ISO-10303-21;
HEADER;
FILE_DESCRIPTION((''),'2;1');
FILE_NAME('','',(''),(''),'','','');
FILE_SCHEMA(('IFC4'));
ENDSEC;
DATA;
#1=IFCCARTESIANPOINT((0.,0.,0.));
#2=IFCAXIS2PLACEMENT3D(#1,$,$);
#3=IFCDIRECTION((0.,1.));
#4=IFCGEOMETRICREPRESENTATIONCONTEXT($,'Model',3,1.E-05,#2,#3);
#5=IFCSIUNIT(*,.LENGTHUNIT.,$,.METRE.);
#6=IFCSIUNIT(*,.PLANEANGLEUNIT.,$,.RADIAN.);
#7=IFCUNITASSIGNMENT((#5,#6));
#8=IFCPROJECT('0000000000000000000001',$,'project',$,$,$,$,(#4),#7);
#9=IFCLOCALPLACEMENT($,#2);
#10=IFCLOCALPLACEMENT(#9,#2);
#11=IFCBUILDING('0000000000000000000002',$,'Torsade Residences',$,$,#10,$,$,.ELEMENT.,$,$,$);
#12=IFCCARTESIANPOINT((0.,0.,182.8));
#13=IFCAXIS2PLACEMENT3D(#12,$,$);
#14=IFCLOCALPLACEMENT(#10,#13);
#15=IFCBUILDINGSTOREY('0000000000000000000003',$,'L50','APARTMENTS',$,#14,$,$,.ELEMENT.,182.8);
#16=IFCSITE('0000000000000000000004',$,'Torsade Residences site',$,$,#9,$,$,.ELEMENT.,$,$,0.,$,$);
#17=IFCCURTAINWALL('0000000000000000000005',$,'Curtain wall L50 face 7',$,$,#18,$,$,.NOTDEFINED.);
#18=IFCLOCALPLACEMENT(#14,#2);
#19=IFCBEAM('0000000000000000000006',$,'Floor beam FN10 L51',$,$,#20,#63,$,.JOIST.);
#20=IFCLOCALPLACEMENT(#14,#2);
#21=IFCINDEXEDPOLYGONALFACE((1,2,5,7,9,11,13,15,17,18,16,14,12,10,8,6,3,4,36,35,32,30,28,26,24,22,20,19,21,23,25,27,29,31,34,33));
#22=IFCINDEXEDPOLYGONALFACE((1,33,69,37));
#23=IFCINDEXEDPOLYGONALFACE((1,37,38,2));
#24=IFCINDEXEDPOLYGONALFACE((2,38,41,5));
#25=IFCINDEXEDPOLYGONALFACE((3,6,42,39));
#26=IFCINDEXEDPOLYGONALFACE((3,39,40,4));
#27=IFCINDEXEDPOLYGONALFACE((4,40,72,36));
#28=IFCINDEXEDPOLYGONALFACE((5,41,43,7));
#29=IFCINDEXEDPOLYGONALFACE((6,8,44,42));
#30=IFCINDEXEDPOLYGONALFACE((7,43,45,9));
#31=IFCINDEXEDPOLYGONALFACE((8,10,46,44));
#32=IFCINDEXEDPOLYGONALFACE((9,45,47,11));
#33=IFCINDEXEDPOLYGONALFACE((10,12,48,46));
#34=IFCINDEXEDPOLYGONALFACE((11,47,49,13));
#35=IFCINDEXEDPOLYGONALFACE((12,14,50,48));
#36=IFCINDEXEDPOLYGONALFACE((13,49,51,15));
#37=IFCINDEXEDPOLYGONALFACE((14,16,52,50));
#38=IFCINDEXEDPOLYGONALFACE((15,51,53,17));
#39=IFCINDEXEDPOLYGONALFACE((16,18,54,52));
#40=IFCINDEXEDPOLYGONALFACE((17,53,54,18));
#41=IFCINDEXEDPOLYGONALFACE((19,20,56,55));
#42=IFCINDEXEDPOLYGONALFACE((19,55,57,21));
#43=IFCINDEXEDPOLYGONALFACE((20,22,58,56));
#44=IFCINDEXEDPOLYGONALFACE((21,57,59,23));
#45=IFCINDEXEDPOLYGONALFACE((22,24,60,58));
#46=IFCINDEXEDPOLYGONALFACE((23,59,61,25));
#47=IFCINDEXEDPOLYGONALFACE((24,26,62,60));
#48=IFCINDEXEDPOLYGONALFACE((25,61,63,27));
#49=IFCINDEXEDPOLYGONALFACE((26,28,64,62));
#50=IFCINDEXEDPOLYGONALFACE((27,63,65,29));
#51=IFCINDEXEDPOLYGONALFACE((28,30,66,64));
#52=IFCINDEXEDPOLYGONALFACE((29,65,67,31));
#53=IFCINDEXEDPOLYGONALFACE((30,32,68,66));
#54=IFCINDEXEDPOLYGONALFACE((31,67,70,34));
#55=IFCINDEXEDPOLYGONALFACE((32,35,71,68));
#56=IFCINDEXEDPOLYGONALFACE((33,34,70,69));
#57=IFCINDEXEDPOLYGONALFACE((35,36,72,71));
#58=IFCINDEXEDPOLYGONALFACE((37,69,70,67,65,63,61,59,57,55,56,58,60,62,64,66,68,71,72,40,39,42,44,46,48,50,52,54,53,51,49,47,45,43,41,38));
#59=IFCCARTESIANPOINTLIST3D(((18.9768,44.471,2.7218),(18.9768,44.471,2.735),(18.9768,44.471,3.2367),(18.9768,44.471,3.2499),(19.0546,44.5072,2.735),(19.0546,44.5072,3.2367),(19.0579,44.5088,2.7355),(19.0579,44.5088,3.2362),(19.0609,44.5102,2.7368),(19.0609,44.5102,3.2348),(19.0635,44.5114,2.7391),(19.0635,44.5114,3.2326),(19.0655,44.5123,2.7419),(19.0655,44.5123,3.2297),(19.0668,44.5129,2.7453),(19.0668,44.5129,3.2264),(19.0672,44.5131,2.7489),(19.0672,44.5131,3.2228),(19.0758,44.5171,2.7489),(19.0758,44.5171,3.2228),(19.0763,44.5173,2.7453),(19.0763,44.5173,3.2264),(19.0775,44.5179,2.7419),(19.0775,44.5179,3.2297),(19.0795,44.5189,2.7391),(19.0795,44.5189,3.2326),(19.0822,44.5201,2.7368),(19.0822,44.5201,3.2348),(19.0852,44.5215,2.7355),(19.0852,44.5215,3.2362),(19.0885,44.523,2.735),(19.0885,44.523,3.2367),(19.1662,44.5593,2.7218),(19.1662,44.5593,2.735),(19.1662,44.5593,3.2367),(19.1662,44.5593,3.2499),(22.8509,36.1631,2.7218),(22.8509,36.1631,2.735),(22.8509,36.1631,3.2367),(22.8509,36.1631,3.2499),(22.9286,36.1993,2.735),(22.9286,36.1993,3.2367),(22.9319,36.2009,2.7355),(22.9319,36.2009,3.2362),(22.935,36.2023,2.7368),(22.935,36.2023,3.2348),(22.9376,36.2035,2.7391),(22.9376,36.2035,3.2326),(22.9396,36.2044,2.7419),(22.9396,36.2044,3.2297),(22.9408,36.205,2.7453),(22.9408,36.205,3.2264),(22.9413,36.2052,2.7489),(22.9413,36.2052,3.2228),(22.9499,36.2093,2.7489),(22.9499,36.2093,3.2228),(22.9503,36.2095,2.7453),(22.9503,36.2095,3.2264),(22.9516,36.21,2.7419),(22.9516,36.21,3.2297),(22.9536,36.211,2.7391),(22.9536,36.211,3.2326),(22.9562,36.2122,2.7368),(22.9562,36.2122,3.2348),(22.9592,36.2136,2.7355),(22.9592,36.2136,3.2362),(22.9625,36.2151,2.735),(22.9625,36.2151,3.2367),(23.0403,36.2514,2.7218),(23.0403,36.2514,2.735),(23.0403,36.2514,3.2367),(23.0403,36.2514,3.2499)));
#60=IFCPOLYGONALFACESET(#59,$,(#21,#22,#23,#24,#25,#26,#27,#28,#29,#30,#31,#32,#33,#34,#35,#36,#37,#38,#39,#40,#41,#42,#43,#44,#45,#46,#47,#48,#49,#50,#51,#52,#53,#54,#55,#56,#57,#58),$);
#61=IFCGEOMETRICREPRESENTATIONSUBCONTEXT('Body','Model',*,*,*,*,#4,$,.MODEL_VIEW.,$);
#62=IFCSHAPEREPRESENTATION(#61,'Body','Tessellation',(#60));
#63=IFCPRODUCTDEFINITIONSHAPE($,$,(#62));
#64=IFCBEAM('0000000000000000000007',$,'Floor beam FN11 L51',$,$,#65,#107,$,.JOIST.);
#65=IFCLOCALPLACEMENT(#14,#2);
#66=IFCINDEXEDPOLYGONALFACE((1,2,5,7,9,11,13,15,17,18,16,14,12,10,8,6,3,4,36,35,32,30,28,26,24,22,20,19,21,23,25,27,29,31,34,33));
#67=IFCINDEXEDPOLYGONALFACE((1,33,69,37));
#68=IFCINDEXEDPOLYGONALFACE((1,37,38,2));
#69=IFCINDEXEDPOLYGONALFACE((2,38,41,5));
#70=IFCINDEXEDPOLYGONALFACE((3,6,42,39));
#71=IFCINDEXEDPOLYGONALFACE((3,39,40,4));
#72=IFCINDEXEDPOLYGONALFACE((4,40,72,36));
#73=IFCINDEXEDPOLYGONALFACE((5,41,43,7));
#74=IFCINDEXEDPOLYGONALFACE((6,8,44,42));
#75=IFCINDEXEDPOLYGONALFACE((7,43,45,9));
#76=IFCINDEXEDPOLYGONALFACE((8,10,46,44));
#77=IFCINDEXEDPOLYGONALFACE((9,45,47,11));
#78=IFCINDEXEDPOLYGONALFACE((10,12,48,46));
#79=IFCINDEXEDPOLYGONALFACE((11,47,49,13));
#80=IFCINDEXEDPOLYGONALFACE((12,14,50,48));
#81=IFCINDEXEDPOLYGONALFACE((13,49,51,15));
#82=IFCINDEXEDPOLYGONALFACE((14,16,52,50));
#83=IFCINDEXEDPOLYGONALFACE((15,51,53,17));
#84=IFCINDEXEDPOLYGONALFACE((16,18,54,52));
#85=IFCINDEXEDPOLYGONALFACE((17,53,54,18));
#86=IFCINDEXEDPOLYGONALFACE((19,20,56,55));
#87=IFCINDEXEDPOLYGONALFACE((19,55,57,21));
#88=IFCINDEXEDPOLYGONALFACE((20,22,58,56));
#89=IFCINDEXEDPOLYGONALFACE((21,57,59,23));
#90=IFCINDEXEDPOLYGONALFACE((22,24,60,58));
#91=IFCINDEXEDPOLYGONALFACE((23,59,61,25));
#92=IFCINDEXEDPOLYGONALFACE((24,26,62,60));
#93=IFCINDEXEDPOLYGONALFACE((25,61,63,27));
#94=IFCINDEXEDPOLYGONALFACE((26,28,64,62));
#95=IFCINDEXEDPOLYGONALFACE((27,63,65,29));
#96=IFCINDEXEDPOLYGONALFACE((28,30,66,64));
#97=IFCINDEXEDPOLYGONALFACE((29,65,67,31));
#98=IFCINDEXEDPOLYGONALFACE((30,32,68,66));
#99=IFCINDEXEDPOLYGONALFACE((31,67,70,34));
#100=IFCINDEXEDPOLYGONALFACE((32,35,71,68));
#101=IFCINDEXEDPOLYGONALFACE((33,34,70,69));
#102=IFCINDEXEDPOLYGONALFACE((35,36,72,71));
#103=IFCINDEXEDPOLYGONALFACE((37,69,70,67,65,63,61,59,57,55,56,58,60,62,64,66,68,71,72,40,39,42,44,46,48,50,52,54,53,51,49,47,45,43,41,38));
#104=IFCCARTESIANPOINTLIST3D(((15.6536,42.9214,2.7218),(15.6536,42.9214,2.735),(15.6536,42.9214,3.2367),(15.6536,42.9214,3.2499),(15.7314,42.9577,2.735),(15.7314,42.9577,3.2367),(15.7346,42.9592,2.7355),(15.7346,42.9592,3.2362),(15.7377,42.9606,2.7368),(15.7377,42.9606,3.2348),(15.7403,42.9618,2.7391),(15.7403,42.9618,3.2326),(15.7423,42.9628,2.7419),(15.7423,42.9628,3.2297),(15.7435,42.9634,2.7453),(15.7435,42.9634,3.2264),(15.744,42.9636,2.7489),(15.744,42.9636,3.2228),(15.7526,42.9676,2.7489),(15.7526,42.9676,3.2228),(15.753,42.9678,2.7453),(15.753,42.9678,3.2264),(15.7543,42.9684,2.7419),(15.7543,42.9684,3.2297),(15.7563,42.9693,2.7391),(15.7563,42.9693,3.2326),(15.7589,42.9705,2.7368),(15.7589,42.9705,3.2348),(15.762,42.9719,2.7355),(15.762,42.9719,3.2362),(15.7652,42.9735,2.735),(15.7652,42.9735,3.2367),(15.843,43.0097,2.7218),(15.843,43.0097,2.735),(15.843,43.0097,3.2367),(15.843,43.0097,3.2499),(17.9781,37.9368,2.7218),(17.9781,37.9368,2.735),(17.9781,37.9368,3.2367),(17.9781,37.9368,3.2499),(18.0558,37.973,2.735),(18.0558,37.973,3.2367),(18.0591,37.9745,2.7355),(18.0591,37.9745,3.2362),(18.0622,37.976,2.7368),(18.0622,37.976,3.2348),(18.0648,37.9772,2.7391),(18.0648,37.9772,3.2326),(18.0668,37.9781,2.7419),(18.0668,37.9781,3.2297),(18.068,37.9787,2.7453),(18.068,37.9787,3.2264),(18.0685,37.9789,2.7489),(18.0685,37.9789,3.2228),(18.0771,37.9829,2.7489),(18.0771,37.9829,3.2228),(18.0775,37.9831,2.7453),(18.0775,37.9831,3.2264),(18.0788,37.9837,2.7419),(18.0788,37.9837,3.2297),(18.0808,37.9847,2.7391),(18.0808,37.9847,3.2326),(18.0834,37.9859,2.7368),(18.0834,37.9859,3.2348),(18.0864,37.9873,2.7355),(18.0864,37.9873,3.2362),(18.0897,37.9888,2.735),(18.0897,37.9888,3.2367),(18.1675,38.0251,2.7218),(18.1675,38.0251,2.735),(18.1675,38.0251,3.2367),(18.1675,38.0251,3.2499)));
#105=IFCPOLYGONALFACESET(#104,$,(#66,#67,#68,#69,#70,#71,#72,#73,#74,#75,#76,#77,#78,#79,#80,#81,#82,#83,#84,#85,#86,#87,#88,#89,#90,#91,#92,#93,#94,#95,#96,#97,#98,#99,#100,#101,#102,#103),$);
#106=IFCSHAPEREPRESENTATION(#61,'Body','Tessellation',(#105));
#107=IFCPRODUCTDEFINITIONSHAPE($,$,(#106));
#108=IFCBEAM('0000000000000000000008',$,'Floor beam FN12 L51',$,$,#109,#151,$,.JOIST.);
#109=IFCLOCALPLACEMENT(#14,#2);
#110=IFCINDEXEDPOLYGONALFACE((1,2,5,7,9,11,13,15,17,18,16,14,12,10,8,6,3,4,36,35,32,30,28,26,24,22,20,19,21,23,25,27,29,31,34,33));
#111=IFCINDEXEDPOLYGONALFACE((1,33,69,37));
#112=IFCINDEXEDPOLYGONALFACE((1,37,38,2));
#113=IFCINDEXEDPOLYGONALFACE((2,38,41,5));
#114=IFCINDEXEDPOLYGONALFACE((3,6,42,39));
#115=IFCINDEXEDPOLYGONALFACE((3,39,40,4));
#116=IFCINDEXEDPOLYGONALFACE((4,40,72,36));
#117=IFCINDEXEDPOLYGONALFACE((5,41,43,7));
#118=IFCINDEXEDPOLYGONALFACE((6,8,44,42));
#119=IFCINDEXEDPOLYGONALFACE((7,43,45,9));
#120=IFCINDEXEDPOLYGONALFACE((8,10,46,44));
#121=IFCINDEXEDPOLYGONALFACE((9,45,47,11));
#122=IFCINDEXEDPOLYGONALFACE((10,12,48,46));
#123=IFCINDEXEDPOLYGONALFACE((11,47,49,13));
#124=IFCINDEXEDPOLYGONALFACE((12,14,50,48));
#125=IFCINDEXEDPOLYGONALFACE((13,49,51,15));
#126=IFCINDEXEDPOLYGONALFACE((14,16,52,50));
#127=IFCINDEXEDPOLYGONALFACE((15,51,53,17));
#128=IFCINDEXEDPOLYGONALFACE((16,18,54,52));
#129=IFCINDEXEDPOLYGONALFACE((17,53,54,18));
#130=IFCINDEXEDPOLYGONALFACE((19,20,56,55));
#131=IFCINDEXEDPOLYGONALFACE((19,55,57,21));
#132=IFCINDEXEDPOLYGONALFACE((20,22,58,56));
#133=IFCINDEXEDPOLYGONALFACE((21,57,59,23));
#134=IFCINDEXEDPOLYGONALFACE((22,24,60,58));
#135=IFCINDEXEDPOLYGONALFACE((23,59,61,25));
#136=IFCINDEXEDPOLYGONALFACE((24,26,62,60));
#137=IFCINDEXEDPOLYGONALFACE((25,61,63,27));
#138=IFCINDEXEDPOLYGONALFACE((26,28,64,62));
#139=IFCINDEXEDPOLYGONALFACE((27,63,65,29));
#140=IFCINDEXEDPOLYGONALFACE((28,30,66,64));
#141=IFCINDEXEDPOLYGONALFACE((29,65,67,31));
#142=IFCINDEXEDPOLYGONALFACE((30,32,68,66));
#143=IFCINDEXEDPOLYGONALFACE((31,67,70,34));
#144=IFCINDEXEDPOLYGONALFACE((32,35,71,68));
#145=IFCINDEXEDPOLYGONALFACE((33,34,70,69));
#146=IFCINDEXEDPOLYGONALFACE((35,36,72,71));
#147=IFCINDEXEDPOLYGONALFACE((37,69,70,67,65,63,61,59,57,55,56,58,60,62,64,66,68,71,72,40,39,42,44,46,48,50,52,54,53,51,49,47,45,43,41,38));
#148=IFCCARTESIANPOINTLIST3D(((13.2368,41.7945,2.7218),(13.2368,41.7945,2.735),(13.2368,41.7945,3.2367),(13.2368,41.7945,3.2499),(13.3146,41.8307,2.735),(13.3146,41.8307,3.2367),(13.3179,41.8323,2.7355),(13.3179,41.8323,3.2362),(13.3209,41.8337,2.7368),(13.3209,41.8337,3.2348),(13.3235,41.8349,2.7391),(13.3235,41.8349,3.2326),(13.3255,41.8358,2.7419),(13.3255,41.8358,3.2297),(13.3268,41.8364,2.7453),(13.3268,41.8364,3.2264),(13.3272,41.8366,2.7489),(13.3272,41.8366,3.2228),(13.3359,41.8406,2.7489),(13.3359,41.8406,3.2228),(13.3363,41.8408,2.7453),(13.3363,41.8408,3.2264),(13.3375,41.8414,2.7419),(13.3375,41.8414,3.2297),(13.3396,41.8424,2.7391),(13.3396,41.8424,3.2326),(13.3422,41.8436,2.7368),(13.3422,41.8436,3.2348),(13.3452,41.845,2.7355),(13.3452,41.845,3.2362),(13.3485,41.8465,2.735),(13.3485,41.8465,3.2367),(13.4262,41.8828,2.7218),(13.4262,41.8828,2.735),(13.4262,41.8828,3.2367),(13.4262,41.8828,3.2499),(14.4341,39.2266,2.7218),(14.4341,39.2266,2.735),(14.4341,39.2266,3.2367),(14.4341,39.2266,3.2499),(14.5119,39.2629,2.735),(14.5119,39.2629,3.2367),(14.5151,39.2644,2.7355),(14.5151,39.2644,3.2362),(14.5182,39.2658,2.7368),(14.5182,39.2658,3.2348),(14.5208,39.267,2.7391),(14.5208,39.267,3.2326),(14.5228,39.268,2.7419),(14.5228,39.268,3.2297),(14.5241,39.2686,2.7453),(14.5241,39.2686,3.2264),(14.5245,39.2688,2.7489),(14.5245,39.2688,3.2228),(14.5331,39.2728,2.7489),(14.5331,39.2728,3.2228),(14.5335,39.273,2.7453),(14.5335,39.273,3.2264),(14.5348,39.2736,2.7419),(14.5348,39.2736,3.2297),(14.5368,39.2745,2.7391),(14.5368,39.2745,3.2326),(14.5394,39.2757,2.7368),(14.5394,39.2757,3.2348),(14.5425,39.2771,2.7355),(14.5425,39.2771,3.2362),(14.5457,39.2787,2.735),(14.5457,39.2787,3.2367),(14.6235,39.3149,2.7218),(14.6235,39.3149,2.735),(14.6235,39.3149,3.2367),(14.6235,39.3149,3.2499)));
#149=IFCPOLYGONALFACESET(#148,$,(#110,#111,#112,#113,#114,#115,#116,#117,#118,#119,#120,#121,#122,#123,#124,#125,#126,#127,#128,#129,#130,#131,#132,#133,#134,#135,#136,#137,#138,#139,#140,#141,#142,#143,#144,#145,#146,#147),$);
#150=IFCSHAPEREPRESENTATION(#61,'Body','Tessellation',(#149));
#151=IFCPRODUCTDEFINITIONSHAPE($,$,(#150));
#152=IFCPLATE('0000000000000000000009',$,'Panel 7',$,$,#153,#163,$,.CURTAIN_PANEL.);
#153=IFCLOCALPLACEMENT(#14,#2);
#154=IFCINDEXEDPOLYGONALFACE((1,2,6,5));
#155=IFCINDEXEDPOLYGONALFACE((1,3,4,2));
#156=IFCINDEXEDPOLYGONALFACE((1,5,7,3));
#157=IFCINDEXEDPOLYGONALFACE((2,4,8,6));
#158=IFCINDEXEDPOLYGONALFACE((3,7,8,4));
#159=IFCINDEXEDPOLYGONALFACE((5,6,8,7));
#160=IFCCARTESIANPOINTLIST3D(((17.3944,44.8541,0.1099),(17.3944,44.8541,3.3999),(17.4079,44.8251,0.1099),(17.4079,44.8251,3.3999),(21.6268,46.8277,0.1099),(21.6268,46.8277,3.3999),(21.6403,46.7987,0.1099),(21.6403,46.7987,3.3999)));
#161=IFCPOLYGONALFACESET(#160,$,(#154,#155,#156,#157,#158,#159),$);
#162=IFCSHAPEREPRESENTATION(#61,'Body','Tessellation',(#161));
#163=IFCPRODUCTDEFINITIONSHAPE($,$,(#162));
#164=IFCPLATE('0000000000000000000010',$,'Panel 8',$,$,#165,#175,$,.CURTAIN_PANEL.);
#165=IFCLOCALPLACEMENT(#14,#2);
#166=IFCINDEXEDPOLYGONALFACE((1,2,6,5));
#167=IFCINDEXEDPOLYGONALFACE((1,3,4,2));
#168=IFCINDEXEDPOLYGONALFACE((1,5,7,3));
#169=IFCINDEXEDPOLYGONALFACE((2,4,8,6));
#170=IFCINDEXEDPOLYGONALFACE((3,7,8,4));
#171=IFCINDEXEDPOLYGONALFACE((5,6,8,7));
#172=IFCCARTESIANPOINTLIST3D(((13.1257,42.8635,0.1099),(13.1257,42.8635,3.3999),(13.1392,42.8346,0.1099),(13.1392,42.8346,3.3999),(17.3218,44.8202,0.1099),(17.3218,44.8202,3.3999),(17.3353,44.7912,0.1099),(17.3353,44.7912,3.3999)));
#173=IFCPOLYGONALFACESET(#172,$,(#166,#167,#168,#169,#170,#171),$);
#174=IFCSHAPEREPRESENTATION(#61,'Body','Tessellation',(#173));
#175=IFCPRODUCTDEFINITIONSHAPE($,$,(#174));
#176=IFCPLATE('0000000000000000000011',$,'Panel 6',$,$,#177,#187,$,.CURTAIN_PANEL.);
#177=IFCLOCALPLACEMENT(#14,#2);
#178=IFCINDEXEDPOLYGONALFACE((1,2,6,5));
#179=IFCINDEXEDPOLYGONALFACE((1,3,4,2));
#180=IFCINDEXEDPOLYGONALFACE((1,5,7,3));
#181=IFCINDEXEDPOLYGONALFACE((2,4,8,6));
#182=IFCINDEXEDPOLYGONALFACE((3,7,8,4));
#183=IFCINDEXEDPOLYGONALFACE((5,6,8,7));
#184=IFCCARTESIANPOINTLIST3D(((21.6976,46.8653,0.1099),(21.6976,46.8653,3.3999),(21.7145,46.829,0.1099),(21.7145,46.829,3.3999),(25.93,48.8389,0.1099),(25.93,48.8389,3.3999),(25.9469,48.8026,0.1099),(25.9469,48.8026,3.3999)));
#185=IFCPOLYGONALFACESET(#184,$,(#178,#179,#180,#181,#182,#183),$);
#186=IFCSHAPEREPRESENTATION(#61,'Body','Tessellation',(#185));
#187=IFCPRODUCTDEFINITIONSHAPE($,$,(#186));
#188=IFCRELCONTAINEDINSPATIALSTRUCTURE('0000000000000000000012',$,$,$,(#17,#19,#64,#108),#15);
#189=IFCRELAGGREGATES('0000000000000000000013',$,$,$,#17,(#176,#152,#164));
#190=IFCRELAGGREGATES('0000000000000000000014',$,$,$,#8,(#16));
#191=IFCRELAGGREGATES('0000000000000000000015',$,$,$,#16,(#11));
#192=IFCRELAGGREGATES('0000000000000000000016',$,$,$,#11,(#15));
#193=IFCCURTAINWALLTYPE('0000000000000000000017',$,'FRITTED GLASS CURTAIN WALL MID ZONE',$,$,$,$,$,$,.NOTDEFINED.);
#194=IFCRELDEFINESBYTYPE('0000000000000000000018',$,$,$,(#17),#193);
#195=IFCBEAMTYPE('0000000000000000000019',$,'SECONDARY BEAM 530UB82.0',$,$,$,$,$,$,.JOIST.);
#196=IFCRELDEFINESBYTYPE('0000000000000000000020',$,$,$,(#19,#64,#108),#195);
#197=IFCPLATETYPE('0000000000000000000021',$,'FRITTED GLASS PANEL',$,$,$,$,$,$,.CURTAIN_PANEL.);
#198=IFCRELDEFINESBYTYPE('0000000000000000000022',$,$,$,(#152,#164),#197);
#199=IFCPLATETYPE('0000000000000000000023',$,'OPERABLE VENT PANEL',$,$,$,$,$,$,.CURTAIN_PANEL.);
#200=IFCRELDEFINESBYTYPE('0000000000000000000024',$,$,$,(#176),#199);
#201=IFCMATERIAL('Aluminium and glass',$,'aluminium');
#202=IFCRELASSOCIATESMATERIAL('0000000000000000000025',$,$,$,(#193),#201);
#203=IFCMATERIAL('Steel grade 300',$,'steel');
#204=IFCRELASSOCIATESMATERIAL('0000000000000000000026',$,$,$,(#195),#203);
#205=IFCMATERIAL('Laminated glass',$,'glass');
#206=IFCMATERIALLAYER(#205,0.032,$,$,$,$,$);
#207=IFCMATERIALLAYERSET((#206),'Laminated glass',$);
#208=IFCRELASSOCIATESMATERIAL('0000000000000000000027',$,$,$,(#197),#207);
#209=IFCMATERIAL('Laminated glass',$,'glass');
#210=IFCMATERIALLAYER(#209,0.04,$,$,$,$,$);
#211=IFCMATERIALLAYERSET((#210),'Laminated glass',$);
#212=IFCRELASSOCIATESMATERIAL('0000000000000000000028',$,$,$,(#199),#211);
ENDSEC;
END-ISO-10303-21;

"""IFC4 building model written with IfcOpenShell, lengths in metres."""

from ifc_helpers import new_model, si_unit, direction, frame, origin, origin_2d, place, context, subcontext, project, spatial, rectangle, i_section, extrude, material, layer, layer_set, material_profile, profile_set, type_object, element, aggregate, save


model = new_model("IFC4")

# Units and contexts
model_context = context("Model", 3, precision=1e-05, world=origin(), true_north=direction((0.0, 1.0)))
body_context = subcontext(model_context, "Body", "Model", "MODEL_VIEW")
ifc_project = project(units=[si_unit("LENGTHUNIT", "METRE"), si_unit("PLANEANGLEUNIT", "RADIAN")], contexts=[model_context])

# Site, building, storey
site_placement = place(None, origin())
site = spatial("IfcSite", under=ifc_project, at=site_placement, Name="Torsade Residences site", CompositionType="ELEMENT", RefElevation=0.0)
building_placement = place(site_placement, origin())
building = spatial("IfcBuilding", under=site, at=building_placement, Name="Torsade Residences", CompositionType="ELEMENT")
storey_placement = place(building_placement, frame((0.0, 0.0, 182.8)))
storey = spatial("IfcBuildingStorey", under=building, at=storey_placement, Name="L50", Description="APARTMENTS", CompositionType="ELEMENT", Elevation=182.8)

# Curtain wall
ifc_material_1 = material(Name="Aluminium and glass", Category="aluminium")
curtain_wall_type = type_object("IfcCurtainWallType", Name="FRITTED GLASS CURTAIN WALL MID ZONE", PredefinedType="NOTDEFINED", material=ifc_material_1)
curtain_wall_placement = place(storey_placement, origin())
curtain_wall = element("IfcCurtainWall", 1, at=curtain_wall_placement, inside=storey, type_object=curtain_wall_type, Name="Curtain wall L50 face 7", PredefinedType="NOTDEFINED")

# Beams
ifc_material_2 = material(Name="Steel grade 300", Category="steel")
ifc_material_profile_1 = material_profile(ifc_material_2, i_section(OverallWidth=0.209, OverallDepth=0.5281, WebThickness=0.0095, FlangeThickness=0.0132, FilletRadius=0.0139, at=origin_2d()), Name="530UB82.0")
ifc_profile_set_1 = profile_set([ifc_material_profile_1], Name="Steel grade 300")
beam_type_1 = type_object("IfcBeamType", Name="SECONDARY BEAM 530UB82.0", PredefinedType="JOIST", material=ifc_profile_set_1)
beam_1_placement = place(storey_placement, frame((19.0715, 44.5151, 2.9858), z_axis=(0.422619, -0.906308, 0.0), x_axis=(0.906308, 0.422619, 0.0)))
element("IfcBeam", 2, at=beam_1_placement, inside=storey, type_object=beam_type_1, Name="Floor beam FN10 L51", PredefinedType="JOIST", context=body_context, shape_type="SweptSolid", body=[
    extrude(i_section(OverallWidth=0.209, OverallDepth=0.5281, WebThickness=0.0095, FlangeThickness=0.0132, FilletRadius=0.0139, at=origin_2d()), origin(), (0.0, 0.0, 1.0), 9.1667),
])
beam_2_placement = place(storey_placement, frame((15.7483, 42.9656, 2.9858), z_axis=(0.422633, -0.906301, 0.0), x_axis=(0.906301, 0.422633, 0.0)))
element("IfcBeam", 3, at=beam_2_placement, inside=storey, type_object=beam_type_1, Name="Floor beam FN11 L51", PredefinedType="JOIST", context=body_context, shape_type="SweptSolid", body=[
    extrude(i_section(OverallWidth=0.209, OverallDepth=0.5281, WebThickness=0.0095, FlangeThickness=0.0132, FilletRadius=0.0139, at=origin_2d()), origin(), (0.0, 0.0, 1.0), 5.5),
])
beam_3_placement = place(storey_placement, frame((13.3315, 41.8386, 2.9858), z_axis=(0.422574, -0.906328, 0.0), x_axis=(0.906328, 0.422574, 0.0)))
element("IfcBeam", 4, at=beam_3_placement, inside=storey, type_object=beam_type_1, Name="Floor beam FN12 L51", PredefinedType="JOIST", context=body_context, shape_type="SweptSolid", body=[
    extrude(i_section(OverallWidth=0.209, OverallDepth=0.5281, WebThickness=0.0095, FlangeThickness=0.0132, FilletRadius=0.0139, at=origin_2d()), origin(), (0.0, 0.0, 1.0), 2.8333),
])

# Plates
ifc_material_3 = material(Name="Laminated glass", Category="glass")
ifc_layer_1 = layer(ifc_material_3, 0.032)
ifc_layer_set_1 = layer_set([ifc_layer_1], Name="Laminated glass")
plate_type_1 = type_object("IfcPlateType", Name="FRITTED GLASS PANEL", PredefinedType="CURTAIN_PANEL", material=ifc_layer_set_1)
plate_1_placement = place(storey_placement, frame((19.5173, 45.8264, 0.1099), z_axis=(0.0, 0.0, 1.0), x_axis=(-0.906308, -0.422618, 0.0)))
plate_1 = element("IfcPlate", 5, at=plate_1_placement, type_object=plate_type_1, Name="Panel 7", PredefinedType="CURTAIN_PANEL", context=body_context, shape_type="SweptSolid", body=[
    extrude(rectangle(XDim=4.6699, YDim=0.032, at=origin_2d()), origin(), (0.0, 0.0, 1.0), 3.29),
])
plate_2_placement = place(storey_placement, frame((15.2305, 43.8274, 0.1099), z_axis=(0.0, 0.0, 1.0), x_axis=(-0.906308, -0.422618, 0.0)))
plate_2 = element("IfcPlate", 6, at=plate_2_placement, type_object=plate_type_1, Name="Panel 8", PredefinedType="CURTAIN_PANEL", context=body_context, shape_type="SweptSolid", body=[
    extrude(rectangle(XDim=4.6299, YDim=0.032, at=origin_2d()), origin(), (0.0, 0.0, 1.0), 3.29),
])
ifc_material_4 = material(Name="Laminated glass", Category="glass")
ifc_layer_2 = layer(ifc_material_4, 0.04)
ifc_layer_set_2 = layer_set([ifc_layer_2], Name="Laminated glass")
plate_type_2 = type_object("IfcPlateType", Name="OPERABLE VENT PANEL", PredefinedType="CURTAIN_PANEL", material=ifc_layer_set_2)
plate_3_placement = place(storey_placement, frame((23.8223, 47.834, 0.1099), z_axis=(0.0, 0.0, 1.0), x_axis=(-0.906308, -0.422618, 0.0)))
plate_3 = element("IfcPlate", 7, at=plate_3_placement, type_object=plate_type_2, Name="Panel 6", PredefinedType="CURTAIN_PANEL", context=body_context, shape_type="SweptSolid", body=[
    extrude(rectangle(XDim=4.6699, YDim=0.04, at=origin_2d()), origin(), (0.0, 0.0, 1.0), 3.29),
])
aggregate(curtain_wall, [plate_3, plate_1, plate_2])

save(model, "model.ifc")
